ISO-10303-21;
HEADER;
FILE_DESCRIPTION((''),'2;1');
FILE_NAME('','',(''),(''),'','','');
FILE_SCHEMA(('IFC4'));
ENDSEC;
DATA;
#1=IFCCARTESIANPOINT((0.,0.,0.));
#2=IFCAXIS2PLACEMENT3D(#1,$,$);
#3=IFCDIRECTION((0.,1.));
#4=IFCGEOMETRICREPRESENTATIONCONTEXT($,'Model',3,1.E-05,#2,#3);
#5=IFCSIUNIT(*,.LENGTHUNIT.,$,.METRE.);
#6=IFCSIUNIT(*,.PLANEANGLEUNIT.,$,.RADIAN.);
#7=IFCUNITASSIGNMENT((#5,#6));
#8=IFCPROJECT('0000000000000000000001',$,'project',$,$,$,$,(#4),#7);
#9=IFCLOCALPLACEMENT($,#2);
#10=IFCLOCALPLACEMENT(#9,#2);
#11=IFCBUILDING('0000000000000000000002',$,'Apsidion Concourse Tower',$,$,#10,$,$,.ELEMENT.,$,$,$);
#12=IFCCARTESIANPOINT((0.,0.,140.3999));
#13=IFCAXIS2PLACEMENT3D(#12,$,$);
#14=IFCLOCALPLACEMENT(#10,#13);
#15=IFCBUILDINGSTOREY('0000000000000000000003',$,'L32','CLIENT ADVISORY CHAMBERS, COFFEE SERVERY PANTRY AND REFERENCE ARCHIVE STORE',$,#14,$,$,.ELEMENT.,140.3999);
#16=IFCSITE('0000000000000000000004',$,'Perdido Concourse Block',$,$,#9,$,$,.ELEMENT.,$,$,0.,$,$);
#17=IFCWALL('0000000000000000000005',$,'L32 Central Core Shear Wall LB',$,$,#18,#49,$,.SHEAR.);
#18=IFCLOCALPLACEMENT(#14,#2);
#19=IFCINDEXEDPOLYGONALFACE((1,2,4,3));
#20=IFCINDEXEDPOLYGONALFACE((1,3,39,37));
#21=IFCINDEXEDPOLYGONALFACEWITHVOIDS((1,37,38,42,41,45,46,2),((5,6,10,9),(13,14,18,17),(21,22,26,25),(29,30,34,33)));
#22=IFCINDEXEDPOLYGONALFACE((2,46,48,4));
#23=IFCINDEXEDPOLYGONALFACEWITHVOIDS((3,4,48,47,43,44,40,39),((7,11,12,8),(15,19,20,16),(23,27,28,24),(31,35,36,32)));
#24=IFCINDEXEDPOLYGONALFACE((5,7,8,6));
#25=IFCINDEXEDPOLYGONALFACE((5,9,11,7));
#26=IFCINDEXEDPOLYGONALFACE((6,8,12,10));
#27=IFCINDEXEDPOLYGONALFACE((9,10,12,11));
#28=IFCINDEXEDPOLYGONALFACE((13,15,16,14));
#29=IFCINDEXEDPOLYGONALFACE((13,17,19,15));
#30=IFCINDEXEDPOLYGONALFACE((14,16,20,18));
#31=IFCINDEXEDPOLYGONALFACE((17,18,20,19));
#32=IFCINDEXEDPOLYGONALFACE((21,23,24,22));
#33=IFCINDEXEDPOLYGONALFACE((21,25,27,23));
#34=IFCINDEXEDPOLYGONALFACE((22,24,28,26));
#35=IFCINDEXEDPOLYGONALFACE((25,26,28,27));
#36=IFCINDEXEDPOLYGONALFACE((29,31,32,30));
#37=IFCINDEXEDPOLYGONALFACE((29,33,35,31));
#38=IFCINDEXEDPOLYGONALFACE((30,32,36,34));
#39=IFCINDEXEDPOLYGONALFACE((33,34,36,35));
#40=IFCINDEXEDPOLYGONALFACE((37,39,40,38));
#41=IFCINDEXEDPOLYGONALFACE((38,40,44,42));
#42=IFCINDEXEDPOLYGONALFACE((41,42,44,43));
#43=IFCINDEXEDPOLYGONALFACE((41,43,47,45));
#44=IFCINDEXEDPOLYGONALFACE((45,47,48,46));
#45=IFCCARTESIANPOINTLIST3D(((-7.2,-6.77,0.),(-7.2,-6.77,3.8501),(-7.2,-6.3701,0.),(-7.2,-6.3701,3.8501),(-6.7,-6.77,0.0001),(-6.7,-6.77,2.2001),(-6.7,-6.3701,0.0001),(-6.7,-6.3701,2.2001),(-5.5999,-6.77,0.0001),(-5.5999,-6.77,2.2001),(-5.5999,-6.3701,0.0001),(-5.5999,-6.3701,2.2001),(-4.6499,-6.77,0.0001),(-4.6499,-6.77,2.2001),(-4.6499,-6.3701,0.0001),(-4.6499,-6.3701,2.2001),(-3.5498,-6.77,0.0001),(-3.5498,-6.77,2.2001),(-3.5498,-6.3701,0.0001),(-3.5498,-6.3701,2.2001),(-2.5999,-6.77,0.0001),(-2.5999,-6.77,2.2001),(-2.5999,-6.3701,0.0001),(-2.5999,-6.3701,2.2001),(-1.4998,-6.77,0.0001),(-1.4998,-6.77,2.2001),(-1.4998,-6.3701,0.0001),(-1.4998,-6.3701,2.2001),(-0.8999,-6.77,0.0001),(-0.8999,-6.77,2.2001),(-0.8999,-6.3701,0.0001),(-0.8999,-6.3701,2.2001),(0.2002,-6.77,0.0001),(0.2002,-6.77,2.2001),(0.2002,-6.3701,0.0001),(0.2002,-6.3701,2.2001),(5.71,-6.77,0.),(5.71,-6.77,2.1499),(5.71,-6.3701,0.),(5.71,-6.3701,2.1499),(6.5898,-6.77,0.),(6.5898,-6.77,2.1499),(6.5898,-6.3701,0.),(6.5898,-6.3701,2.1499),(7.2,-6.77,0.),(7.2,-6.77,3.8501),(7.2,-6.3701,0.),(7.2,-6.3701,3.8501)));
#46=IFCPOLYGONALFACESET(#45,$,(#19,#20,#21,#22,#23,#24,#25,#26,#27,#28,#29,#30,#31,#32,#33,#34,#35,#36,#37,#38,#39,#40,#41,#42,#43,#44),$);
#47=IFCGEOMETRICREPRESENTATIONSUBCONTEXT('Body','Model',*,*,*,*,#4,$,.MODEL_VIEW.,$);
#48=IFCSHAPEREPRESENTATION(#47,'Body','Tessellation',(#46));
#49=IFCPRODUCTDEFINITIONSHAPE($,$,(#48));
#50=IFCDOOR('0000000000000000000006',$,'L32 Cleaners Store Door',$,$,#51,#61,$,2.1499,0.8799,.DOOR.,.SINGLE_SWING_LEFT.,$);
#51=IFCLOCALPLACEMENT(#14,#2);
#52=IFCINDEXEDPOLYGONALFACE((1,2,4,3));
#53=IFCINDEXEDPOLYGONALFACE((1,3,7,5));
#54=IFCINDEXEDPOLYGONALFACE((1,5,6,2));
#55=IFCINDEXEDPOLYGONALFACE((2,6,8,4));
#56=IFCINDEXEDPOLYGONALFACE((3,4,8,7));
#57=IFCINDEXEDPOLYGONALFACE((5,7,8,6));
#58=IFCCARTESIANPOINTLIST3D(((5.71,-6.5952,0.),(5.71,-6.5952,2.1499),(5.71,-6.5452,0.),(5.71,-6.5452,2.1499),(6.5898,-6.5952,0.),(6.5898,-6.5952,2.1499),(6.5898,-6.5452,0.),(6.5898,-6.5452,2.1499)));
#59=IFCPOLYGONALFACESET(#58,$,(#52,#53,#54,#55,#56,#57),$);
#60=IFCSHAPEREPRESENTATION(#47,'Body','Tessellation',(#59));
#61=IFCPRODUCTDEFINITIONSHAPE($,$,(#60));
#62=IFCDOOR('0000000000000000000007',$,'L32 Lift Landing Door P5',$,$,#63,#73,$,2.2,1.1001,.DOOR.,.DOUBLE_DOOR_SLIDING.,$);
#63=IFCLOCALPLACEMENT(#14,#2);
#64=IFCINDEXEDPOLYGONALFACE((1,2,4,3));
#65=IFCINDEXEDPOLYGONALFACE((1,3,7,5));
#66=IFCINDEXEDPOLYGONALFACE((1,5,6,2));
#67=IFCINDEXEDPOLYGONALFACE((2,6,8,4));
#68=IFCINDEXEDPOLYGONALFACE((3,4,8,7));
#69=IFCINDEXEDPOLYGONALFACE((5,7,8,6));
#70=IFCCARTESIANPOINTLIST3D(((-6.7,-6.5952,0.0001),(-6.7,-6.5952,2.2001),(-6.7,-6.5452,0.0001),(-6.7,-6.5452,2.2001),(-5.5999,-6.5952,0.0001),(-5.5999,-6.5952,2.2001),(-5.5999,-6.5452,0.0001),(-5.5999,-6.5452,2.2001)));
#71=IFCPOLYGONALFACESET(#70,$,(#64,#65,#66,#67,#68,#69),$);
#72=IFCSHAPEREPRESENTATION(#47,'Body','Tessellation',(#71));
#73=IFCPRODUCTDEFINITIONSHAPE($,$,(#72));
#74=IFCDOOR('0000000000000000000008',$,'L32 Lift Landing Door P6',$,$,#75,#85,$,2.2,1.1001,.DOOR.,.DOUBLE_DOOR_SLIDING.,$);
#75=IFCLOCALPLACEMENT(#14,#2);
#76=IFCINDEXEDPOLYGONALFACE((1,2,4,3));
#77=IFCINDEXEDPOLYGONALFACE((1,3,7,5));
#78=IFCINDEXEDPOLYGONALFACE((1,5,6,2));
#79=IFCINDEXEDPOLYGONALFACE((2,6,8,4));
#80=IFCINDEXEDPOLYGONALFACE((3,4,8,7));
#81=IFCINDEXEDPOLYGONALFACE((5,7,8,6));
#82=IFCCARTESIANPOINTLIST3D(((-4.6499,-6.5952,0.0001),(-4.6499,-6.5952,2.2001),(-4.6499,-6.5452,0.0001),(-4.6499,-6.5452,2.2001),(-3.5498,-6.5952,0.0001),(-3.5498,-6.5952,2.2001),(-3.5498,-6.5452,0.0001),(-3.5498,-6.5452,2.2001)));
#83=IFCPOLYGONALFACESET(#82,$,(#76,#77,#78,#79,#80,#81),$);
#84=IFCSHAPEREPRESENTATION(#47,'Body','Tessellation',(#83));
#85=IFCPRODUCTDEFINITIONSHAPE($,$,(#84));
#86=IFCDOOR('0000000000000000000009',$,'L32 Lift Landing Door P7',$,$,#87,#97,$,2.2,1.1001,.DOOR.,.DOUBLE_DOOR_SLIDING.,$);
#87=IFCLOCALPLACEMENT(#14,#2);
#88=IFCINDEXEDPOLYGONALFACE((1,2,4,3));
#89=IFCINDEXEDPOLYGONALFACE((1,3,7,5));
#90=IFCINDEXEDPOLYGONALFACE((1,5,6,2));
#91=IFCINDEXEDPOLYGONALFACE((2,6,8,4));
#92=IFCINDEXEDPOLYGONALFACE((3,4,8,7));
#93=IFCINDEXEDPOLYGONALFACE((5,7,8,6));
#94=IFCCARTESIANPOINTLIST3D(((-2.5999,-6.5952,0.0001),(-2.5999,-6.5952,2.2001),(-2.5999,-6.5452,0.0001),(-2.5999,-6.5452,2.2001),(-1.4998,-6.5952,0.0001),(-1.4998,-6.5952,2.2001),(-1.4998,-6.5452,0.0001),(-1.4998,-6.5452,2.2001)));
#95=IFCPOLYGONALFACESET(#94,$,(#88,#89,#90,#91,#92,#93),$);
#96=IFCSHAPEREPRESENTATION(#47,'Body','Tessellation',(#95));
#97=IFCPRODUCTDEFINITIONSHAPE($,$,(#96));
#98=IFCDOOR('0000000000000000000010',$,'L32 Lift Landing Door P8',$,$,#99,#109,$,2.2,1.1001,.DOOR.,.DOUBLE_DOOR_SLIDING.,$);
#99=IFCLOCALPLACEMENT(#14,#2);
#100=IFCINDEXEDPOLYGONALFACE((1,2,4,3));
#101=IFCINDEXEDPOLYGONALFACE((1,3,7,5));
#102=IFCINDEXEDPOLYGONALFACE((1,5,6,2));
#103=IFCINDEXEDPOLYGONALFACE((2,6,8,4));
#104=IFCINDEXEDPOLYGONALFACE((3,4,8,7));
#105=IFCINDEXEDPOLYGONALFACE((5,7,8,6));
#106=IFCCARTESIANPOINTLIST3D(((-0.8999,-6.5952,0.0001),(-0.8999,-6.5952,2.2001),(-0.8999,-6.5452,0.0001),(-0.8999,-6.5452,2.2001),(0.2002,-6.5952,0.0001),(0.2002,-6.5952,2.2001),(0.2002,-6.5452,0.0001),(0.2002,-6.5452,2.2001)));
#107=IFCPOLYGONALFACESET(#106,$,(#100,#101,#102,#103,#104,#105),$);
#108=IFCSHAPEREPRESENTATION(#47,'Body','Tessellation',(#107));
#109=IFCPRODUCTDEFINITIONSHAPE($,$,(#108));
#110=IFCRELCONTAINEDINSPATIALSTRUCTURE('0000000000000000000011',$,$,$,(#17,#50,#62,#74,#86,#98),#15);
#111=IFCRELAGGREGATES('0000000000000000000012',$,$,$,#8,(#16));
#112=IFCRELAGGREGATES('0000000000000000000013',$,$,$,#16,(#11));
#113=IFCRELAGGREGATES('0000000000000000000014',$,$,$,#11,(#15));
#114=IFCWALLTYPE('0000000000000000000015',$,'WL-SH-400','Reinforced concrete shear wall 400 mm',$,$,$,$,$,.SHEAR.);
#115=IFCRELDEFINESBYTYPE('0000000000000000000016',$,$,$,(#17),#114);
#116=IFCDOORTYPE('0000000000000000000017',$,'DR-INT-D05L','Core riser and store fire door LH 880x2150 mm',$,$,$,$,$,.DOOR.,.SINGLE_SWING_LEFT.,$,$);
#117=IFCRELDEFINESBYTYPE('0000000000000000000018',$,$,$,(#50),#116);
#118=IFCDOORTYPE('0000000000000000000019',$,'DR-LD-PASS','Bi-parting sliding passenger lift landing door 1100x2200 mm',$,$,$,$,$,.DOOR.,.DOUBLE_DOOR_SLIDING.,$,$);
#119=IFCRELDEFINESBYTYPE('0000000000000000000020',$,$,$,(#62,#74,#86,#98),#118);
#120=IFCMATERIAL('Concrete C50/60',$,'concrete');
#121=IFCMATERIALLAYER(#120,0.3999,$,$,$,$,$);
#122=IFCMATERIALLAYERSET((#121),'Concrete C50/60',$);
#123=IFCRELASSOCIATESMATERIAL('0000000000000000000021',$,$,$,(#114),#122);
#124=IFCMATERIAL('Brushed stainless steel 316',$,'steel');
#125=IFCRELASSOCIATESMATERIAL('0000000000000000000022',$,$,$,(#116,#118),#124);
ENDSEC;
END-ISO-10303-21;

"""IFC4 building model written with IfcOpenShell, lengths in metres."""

from ifc_helpers import new_model, si_unit, direction, frame, frame_2d, origin, place, context, subcontext, project, spatial, rectangle, extrude, material, layer, layer_set, type_object, element, fill, save


model = new_model("IFC4")

# Units and contexts
model_context = context("Model", 3, precision=1e-05, world=origin(), true_north=direction((0.0, 1.0)))
body_context = subcontext(model_context, "Body", "Model", "MODEL_VIEW")
ifc_project = project(units=[si_unit("LENGTHUNIT", "METRE"), si_unit("PLANEANGLEUNIT", "RADIAN")], contexts=[model_context])

# Site, building, storey
site_placement = place(None, origin())
site = spatial("IfcSite", under=ifc_project, at=site_placement, Name="Perdido Concourse Block", CompositionType="ELEMENT", RefElevation=0.0)
building_placement = place(site_placement, origin())
building = spatial("IfcBuilding", under=site, at=building_placement, Name="Apsidion Concourse Tower", CompositionType="ELEMENT")
storey_placement = place(building_placement, frame((0.0, 0.0, 140.3999)))
storey = spatial("IfcBuildingStorey", under=building, at=storey_placement, Name="L32", Description="CLIENT ADVISORY CHAMBERS, COFFEE SERVERY PANTRY AND REFERENCE ARCHIVE STORE", CompositionType="ELEMENT", Elevation=140.3999)

# Shared definitions
ifc_material_1 = material(Name="Concrete C50/60", Category="concrete")

# Shared definitions
ifc_material_2 = material(Name="Brushed stainless steel 316", Category="steel")

# Shared definitions
ifc_layer_1 = layer(ifc_material_1, 0.3999)
ifc_layer_set_1 = layer_set([ifc_layer_1], Name="Concrete C50/60")
wall_type_1 = type_object("IfcWallType", Name="WL-SH-400", Description="Reinforced concrete shear wall 400 mm", PredefinedType="SHEAR", material=ifc_layer_set_1)

# Wall, openings, doors
wall_1_placement = place(storey_placement, frame((-7.2, -6.5701, 0.0), z_axis=(0.0, 0.0, 1.0), x_axis=(1.0, 0.0, 0.0)))
wall_1 = element("IfcWall", 1, at=wall_1_placement, inside=storey, type_object=wall_type_1, Name="L32 Central Core Shear Wall LB", PredefinedType="SHEAR", context=body_context, shape_type="SweptSolid", body=[
    extrude(rectangle(XDim=14.3999, YDim=0.3999, at=frame_2d((7.2, 0.0))), origin(), (0.0, 0.0, 1.0), 3.8501),
])
opening_1_placement = place(wall_1_placement, frame((0.5, 0.0, 0.0)))
opening_1 = element("IfcOpeningElement", 2, at=opening_1_placement, cuts=wall_1, PredefinedType="OPENING", context=body_context, shape_type="SweptSolid", body=[
    extrude(rectangle(XDim=1.1001, YDim=2.2, at=frame_2d((0.55, 1.1001))), frame((0.0, 0.21, 0.0), z_axis=(0.0, -1.0, 0.0), x_axis=(1.0, 0.0, 0.0)), (0.0, 0.0, 1.0), 0.4199),
])
opening_2_placement = place(wall_1_placement, frame((2.55, 0.0, 0.0)))
opening_2 = element("IfcOpeningElement", 3, at=opening_2_placement, cuts=wall_1, PredefinedType="OPENING", context=body_context, shape_type="SweptSolid", body=[
    extrude(rectangle(XDim=1.1001, YDim=2.2, at=frame_2d((0.55, 1.1001))), frame((0.0, 0.21, 0.0), z_axis=(0.0, -1.0, 0.0), x_axis=(1.0, 0.0, 0.0)), (0.0, 0.0, 1.0), 0.4199),
])
opening_3_placement = place(wall_1_placement, frame((4.6001, 0.0, 0.0)))
opening_3 = element("IfcOpeningElement", 4, at=opening_3_placement, cuts=wall_1, PredefinedType="OPENING", context=body_context, shape_type="SweptSolid", body=[
    extrude(rectangle(XDim=1.1001, YDim=2.2, at=frame_2d((0.55, 1.1001))), frame((0.0, 0.21, 0.0), z_axis=(0.0, -1.0, 0.0), x_axis=(1.0, 0.0, 0.0)), (0.0, 0.0, 1.0), 0.4199),
])
opening_4_placement = place(wall_1_placement, frame((6.3, 0.0, 0.0)))
opening_4 = element("IfcOpeningElement", 5, at=opening_4_placement, cuts=wall_1, PredefinedType="OPENING", context=body_context, shape_type="SweptSolid", body=[
    extrude(rectangle(XDim=1.1001, YDim=2.2, at=frame_2d((0.55, 1.1001))), frame((0.0, 0.21, 0.0), z_axis=(0.0, -1.0, 0.0), x_axis=(1.0, 0.0, 0.0)), (0.0, 0.0, 1.0), 0.4199),
])
opening_5_placement = place(wall_1_placement, frame((12.9099, 0.0, 0.0)))
opening_5 = element("IfcOpeningElement", 6, at=opening_5_placement, cuts=wall_1, PredefinedType="OPENING", context=body_context, shape_type="SweptSolid", body=[
    extrude(rectangle(XDim=0.8799, YDim=2.1499, at=frame_2d((0.4399, 1.075))), frame((0.0, 0.21, 0.0), z_axis=(0.0, -1.0, 0.0), x_axis=(1.0, 0.0, 0.0)), (0.0, 0.0, 1.0), 0.4199),
])
door_type_1 = type_object("IfcDoorType", Name="DR-INT-D05L", Description="Core riser and store fire door LH 880x2150 mm", OperationType="SINGLE_SWING_LEFT", PredefinedType="DOOR", material=ifc_material_2)
door_1_placement = place(opening_5_placement, origin())
door_1 = element("IfcDoor", 7, at=door_1_placement, inside=storey, type_object=door_type_1, Name="L32 Cleaners Store Door", OperationType="SINGLE_SWING_LEFT", OverallHeight=2.1499, OverallWidth=0.8799, PredefinedType="DOOR", context=body_context, shape_type="SweptSolid", body=[
    extrude(rectangle(XDim=0.8799, YDim=2.1499, at=frame_2d((0.4399, 1.075))), frame((0.0, 0.0249, 0.0), z_axis=(0.0, -1.0, 0.0), x_axis=(1.0, 0.0, 0.0)), (0.0, 0.0, 1.0), 0.05),
])
fill(opening_5, door_1)
door_type_2 = type_object("IfcDoorType", Name="DR-LD-PASS", Description="Bi-parting sliding passenger lift landing door 1100x2200 mm", OperationType="DOUBLE_DOOR_SLIDING", PredefinedType="DOOR", material=ifc_material_2)
door_2_placement = place(opening_1_placement, origin())
door_2 = element("IfcDoor", 8, at=door_2_placement, inside=storey, type_object=door_type_2, Name="L32 Lift Landing Door P5", OperationType="DOUBLE_DOOR_SLIDING", OverallHeight=2.2, OverallWidth=1.1001, PredefinedType="DOOR", context=body_context, shape_type="SweptSolid", body=[
    extrude(rectangle(XDim=1.1001, YDim=2.2, at=frame_2d((0.55, 1.1001))), frame((0.0, 0.0249, 0.0), z_axis=(0.0, -1.0, 0.0), x_axis=(1.0, 0.0, 0.0)), (0.0, 0.0, 1.0), 0.05),
])
fill(opening_1, door_2)
door_3_placement = place(opening_2_placement, origin())
door_3 = element("IfcDoor", 9, at=door_3_placement, inside=storey, type_object=door_type_2, Name="L32 Lift Landing Door P6", OperationType="DOUBLE_DOOR_SLIDING", OverallHeight=2.2, OverallWidth=1.1001, PredefinedType="DOOR", context=body_context, shape_type="SweptSolid", body=[
    extrude(rectangle(XDim=1.1001, YDim=2.2, at=frame_2d((0.55, 1.1001))), frame((0.0, 0.0249, 0.0), z_axis=(0.0, -1.0, 0.0), x_axis=(1.0, 0.0, 0.0)), (0.0, 0.0, 1.0), 0.05),
])
fill(opening_2, door_3)
door_4_placement = place(opening_3_placement, origin())
door_4 = element("IfcDoor", 10, at=door_4_placement, inside=storey, type_object=door_type_2, Name="L32 Lift Landing Door P7", OperationType="DOUBLE_DOOR_SLIDING", OverallHeight=2.2, OverallWidth=1.1001, PredefinedType="DOOR", context=body_context, shape_type="SweptSolid", body=[
    extrude(rectangle(XDim=1.1001, YDim=2.2, at=frame_2d((0.55, 1.1001))), frame((0.0, 0.0249, 0.0), z_axis=(0.0, -1.0, 0.0), x_axis=(1.0, 0.0, 0.0)), (0.0, 0.0, 1.0), 0.05),
])
fill(opening_3, door_4)
door_5_placement = place(opening_4_placement, origin())
door_5 = element("IfcDoor", 11, at=door_5_placement, inside=storey, type_object=door_type_2, Name="L32 Lift Landing Door P8", OperationType="DOUBLE_DOOR_SLIDING", OverallHeight=2.2, OverallWidth=1.1001, PredefinedType="DOOR", context=body_context, shape_type="SweptSolid", body=[
    extrude(rectangle(XDim=1.1001, YDim=2.2, at=frame_2d((0.55, 1.1001))), frame((0.0, 0.0249, 0.0), z_axis=(0.0, -1.0, 0.0), x_axis=(1.0, 0.0, 0.0)), (0.0, 0.0, 1.0), 0.05),
])
fill(opening_4, door_5)

save(model, "model.ifc")
